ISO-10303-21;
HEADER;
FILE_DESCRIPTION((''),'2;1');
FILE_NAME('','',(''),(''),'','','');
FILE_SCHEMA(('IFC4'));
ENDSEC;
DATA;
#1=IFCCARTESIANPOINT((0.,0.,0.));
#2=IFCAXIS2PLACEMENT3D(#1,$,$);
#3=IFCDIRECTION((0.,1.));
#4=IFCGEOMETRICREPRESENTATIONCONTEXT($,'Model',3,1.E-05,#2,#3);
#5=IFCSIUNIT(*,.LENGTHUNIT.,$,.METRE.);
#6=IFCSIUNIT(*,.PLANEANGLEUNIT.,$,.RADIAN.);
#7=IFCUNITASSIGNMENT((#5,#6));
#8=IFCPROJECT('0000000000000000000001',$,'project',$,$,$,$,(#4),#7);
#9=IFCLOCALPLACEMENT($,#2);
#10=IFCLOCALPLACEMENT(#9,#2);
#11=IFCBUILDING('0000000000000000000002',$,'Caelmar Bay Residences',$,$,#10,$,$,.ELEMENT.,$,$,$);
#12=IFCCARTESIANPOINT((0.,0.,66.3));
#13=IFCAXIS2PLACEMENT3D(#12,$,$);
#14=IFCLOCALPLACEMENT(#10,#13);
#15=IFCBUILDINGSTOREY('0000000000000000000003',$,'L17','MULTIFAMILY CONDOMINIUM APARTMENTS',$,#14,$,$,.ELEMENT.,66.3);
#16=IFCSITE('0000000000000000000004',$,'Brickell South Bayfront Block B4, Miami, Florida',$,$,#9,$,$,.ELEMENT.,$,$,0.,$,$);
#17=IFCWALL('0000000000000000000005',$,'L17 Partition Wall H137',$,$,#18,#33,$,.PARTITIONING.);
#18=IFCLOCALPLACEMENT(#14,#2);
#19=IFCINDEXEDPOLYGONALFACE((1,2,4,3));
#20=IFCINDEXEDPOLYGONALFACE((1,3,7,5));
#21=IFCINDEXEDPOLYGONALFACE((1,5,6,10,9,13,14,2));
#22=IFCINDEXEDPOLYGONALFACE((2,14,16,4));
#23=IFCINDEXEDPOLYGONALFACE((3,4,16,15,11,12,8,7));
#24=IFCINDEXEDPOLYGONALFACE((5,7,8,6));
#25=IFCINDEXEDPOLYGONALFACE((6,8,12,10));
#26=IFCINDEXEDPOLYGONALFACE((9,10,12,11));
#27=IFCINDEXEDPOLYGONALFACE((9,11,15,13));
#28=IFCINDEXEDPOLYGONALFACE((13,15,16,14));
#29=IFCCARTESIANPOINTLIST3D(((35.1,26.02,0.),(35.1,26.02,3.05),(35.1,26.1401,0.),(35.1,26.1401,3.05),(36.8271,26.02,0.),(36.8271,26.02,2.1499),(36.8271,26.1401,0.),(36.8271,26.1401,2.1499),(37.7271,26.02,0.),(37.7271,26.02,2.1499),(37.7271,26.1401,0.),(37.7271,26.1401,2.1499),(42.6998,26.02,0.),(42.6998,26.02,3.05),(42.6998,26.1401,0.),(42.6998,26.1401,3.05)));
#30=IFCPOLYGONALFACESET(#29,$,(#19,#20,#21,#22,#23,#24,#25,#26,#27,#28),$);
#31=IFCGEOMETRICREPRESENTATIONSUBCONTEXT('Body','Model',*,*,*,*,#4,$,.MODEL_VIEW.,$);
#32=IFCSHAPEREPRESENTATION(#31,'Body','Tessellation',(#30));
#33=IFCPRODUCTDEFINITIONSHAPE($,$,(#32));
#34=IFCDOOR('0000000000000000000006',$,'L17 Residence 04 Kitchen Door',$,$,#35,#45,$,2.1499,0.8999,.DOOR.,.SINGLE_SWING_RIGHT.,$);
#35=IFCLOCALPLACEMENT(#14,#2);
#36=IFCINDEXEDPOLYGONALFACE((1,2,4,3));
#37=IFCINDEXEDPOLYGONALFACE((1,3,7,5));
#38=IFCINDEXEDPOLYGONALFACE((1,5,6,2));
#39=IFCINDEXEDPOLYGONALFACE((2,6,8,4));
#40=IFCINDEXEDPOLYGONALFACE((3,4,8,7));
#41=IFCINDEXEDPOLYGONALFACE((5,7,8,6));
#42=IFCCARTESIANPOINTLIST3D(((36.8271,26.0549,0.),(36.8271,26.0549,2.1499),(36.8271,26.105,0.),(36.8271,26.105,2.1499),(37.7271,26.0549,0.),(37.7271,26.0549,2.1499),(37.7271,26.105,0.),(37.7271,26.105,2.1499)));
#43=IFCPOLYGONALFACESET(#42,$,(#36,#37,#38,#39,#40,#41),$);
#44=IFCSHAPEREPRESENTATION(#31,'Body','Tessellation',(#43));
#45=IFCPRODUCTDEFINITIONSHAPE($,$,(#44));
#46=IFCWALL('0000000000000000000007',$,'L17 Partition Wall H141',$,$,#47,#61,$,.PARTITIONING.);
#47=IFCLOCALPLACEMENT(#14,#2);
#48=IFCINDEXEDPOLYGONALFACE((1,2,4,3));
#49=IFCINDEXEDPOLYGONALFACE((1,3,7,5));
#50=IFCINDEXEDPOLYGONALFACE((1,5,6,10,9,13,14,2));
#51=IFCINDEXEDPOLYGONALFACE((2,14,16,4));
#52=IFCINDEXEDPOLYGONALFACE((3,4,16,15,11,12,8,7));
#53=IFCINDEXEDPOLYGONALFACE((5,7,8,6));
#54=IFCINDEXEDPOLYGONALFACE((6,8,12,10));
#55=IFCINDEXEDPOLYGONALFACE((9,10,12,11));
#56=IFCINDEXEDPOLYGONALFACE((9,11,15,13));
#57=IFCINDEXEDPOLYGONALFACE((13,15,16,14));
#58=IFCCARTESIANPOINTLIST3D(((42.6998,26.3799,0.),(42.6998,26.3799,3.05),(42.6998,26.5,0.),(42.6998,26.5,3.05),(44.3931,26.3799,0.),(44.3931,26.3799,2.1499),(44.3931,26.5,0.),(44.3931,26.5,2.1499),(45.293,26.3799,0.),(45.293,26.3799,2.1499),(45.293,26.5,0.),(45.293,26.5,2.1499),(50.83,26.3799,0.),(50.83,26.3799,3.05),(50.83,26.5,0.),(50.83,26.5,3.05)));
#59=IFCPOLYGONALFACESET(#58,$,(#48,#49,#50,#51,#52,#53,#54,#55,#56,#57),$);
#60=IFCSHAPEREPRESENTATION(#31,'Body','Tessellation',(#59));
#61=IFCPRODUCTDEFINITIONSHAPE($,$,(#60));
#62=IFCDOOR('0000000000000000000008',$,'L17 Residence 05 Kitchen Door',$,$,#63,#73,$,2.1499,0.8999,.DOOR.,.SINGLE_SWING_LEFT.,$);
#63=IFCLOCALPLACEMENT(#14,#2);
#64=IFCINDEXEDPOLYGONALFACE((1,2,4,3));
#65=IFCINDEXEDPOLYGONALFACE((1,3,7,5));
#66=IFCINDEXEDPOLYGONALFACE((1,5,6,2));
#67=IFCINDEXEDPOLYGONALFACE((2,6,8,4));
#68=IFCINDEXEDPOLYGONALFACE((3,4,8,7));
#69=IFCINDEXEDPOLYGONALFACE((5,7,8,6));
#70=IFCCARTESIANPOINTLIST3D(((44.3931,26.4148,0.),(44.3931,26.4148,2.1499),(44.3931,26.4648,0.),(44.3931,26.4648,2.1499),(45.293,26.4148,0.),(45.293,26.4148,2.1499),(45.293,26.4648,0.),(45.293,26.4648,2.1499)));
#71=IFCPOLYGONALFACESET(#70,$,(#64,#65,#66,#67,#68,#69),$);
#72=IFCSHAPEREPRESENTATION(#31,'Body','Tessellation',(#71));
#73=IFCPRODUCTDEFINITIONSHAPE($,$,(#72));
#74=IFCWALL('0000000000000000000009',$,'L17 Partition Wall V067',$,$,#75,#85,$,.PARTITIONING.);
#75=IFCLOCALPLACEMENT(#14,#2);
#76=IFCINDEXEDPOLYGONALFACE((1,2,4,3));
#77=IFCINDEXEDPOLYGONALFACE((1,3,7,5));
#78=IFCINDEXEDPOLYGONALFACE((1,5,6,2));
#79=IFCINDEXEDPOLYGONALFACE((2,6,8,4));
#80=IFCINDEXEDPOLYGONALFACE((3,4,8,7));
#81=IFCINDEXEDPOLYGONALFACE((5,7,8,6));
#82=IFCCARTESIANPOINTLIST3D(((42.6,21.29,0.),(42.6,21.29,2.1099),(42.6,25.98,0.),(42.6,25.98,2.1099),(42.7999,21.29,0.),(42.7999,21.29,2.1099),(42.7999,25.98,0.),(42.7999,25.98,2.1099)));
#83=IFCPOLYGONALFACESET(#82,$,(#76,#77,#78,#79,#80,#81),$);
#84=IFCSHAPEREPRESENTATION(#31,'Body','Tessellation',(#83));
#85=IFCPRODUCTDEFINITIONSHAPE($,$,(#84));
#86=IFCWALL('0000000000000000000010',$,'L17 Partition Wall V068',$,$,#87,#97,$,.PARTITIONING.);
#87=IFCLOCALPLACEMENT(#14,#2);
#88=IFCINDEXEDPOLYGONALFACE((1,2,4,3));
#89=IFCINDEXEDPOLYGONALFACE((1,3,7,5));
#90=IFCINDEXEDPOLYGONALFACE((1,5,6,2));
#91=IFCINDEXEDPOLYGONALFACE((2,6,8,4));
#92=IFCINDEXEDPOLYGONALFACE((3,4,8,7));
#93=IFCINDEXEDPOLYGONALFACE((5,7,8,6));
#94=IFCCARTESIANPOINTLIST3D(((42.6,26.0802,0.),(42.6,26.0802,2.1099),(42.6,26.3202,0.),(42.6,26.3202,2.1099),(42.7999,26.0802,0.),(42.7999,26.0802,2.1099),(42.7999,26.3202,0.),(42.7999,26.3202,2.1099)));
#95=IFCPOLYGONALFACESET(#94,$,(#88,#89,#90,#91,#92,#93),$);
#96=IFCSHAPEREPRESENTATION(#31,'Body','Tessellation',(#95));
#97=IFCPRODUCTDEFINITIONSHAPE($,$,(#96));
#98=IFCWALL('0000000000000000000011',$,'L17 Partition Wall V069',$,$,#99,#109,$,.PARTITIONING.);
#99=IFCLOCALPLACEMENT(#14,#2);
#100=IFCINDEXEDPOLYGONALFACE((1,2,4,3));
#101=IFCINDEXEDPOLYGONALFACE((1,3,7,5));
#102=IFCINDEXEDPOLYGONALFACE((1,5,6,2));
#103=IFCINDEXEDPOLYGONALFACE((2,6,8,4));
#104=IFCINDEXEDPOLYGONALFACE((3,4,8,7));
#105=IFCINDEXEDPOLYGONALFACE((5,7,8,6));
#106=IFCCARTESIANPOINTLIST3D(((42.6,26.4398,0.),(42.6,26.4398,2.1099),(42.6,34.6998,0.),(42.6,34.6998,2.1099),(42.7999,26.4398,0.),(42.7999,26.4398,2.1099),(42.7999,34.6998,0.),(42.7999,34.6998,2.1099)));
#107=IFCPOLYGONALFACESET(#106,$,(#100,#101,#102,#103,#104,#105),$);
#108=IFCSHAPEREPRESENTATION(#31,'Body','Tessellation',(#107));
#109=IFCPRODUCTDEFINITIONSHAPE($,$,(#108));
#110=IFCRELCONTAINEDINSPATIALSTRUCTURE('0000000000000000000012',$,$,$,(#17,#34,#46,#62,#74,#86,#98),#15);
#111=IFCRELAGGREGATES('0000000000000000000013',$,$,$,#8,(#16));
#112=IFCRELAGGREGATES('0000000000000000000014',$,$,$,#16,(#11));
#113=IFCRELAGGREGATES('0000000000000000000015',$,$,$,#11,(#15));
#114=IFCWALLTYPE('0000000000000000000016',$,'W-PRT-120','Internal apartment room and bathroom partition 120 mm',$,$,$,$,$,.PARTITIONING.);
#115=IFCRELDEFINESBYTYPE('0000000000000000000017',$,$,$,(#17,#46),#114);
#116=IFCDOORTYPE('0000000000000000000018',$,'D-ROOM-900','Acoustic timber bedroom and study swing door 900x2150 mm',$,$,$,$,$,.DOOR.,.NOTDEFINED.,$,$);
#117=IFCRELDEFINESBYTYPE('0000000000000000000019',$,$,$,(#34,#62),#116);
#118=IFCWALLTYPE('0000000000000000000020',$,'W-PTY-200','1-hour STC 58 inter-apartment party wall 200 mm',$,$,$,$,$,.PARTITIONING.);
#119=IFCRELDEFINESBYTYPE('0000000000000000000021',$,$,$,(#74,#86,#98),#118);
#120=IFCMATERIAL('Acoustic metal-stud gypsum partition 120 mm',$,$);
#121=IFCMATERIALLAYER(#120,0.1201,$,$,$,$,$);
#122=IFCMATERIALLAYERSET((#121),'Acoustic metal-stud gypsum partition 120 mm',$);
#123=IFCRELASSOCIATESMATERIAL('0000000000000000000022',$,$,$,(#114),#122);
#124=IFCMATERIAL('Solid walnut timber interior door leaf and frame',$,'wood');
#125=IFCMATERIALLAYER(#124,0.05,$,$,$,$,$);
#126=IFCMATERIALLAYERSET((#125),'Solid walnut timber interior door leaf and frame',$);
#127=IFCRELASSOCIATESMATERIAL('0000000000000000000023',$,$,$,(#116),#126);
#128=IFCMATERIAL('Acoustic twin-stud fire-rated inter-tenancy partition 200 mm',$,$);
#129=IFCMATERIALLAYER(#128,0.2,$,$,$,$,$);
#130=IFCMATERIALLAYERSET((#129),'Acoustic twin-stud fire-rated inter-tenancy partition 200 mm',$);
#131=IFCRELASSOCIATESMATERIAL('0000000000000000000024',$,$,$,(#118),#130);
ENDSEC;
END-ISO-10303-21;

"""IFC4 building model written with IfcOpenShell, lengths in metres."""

from ifc_helpers import new_model, si_unit, direction, frame, frame_2d, origin, place, context, subcontext, project, spatial, rectangle, extrude, material, layer, layer_set, type_object, element, fill, save


model = new_model("IFC4")

# Units and contexts
model_context = context("Model", 3, precision=1e-05, world=origin(), true_north=direction((0.0, 1.0)))
body_context = subcontext(model_context, "Body", "Model", "MODEL_VIEW")
ifc_project = project(units=[si_unit("LENGTHUNIT", "METRE"), si_unit("PLANEANGLEUNIT", "RADIAN")], contexts=[model_context])

# Site, building, storey
site_placement = place(None, origin())
site = spatial("IfcSite", under=ifc_project, at=site_placement, Name="Brickell South Bayfront Block B4, Miami, Florida", CompositionType="ELEMENT", RefElevation=0.0)
building_placement = place(site_placement, origin())
building = spatial("IfcBuilding", under=site, at=building_placement, Name="Caelmar Bay Residences", CompositionType="ELEMENT")
storey_placement = place(building_placement, frame((0.0, 0.0, 66.3)))
storey = spatial("IfcBuildingStorey", under=building, at=storey_placement, Name="L17", Description="MULTIFAMILY CONDOMINIUM APARTMENTS", CompositionType="ELEMENT", Elevation=66.3)

# Shared definitions
ifc_material_1 = material(Name="Acoustic metal-stud gypsum partition 120 mm")
ifc_layer_1 = layer(ifc_material_1, 0.1201)
ifc_layer_set_1 = layer_set([ifc_layer_1], Name="Acoustic metal-stud gypsum partition 120 mm")
wall_type_1 = type_object("IfcWallType", Name="W-PRT-120", Description="Internal apartment room and bathroom partition 120 mm", PredefinedType="PARTITIONING", material=ifc_layer_set_1)
ifc_material_2 = material(Name="Solid walnut timber interior door leaf and frame", Category="wood")
ifc_layer_2 = layer(ifc_material_2, 0.05)
ifc_layer_set_2 = layer_set([ifc_layer_2], Name="Solid walnut timber interior door leaf and frame")
door_type_1 = type_object("IfcDoorType", Name="D-ROOM-900", Description="Acoustic timber bedroom and study swing door 900x2150 mm", OperationType="NOTDEFINED", PredefinedType="DOOR", material=ifc_layer_set_2)

# Walls, openings, doors
wall_1_placement = place(storey_placement, frame((35.1001, 26.0801, 0.0), z_axis=(0.0, 0.0, 1.0), x_axis=(1.0, 0.0, 0.0)))
wall_1 = element("IfcWall", 1, at=wall_1_placement, inside=storey, type_object=wall_type_1, Name="L17 Partition Wall H137", PredefinedType="PARTITIONING", context=body_context, shape_type="SweptSolid", body=[
    extrude(rectangle(XDim=7.5999, YDim=0.1201, at=frame_2d((3.7998, 0.0))), origin(), (0.0, 0.0, 1.0), 3.05),
])
opening_1_placement = place(wall_1_placement, frame((1.7271, 0.0, 0.0)))
opening_1 = element("IfcOpeningElement", 2, at=opening_1_placement, cuts=wall_1, PredefinedType="OPENING", context=body_context, shape_type="SweptSolid", body=[
    extrude(rectangle(XDim=0.8999, YDim=2.1499, at=frame_2d((0.45, 1.075))), frame((0.0, 0.0701, 0.0), z_axis=(0.0, -1.0, 0.0), x_axis=(1.0, 0.0, 0.0)), (0.0, 0.0, 1.0), 0.1401),
])
door_1_placement = place(opening_1_placement, origin())
door_1 = element("IfcDoor", 3, at=door_1_placement, inside=storey, type_object=door_type_1, Name="L17 Residence 04 Kitchen Door", OperationType="SINGLE_SWING_RIGHT", OverallHeight=2.1499, OverallWidth=0.8999, PredefinedType="DOOR", context=body_context, shape_type="SweptSolid", body=[
    extrude(rectangle(XDim=0.8999, YDim=2.1499, at=frame_2d((0.45, 1.075))), frame((0.0, 0.0249, 0.0), z_axis=(0.0, -1.0, 0.0), x_axis=(1.0, 0.0, 0.0)), (0.0, 0.0, 1.0), 0.05),
])
fill(opening_1, door_1)
wall_2_placement = place(storey_placement, frame((42.7, 26.4399, 0.0), z_axis=(0.0, 0.0, 1.0), x_axis=(1.0, 0.0, 0.0)))
wall_2 = element("IfcWall", 4, at=wall_2_placement, inside=storey, type_object=wall_type_1, Name="L17 Partition Wall H141", PredefinedType="PARTITIONING", context=body_context, shape_type="SweptSolid", body=[
    extrude(rectangle(XDim=8.1301, YDim=0.1201, at=frame_2d((4.0649, 0.0))), origin(), (0.0, 0.0, 1.0), 3.05),
])
opening_2_placement = place(wall_2_placement, frame((1.6931, 0.0, 0.0)))
opening_2 = element("IfcOpeningElement", 5, at=opening_2_placement, cuts=wall_2, PredefinedType="OPENING", context=body_context, shape_type="SweptSolid", body=[
    extrude(rectangle(XDim=0.8999, YDim=2.1499, at=frame_2d((0.45, 1.075))), frame((0.0, 0.0701, 0.0), z_axis=(0.0, -1.0, 0.0), x_axis=(1.0, 0.0, 0.0)), (0.0, 0.0, 1.0), 0.1401),
])
door_2_placement = place(opening_2_placement, origin())
door_2 = element("IfcDoor", 6, at=door_2_placement, inside=storey, type_object=door_type_1, Name="L17 Residence 05 Kitchen Door", OperationType="SINGLE_SWING_LEFT", OverallHeight=2.1499, OverallWidth=0.8999, PredefinedType="DOOR", context=body_context, shape_type="SweptSolid", body=[
    extrude(rectangle(XDim=0.8999, YDim=2.1499, at=frame_2d((0.45, 1.075))), frame((0.0, 0.0249, 0.0), z_axis=(0.0, -1.0, 0.0), x_axis=(1.0, 0.0, 0.0)), (0.0, 0.0, 1.0), 0.05),
])
fill(opening_2, door_2)

# Walls
ifc_material_3 = material(Name="Acoustic twin-stud fire-rated inter-tenancy partition 200 mm")
ifc_layer_3 = layer(ifc_material_3, 0.2)
ifc_layer_set_3 = layer_set([ifc_layer_3], Name="Acoustic twin-stud fire-rated inter-tenancy partition 200 mm")
wall_type_2 = type_object("IfcWallType", Name="W-PTY-200", Description="1-hour STC 58 inter-apartment party wall 200 mm", PredefinedType="PARTITIONING", material=ifc_layer_set_3)
wall_3_placement = place(storey_placement, frame((42.7, 21.29, 0.0), z_axis=(0.0, 0.0, 1.0), x_axis=(0.0, 1.0, 0.0)))
element("IfcWall", 7, at=wall_3_placement, inside=storey, type_object=wall_type_2, Name="L17 Partition Wall V067", PredefinedType="PARTITIONING", context=body_context, shape_type="SweptSolid", body=[
    extrude(rectangle(XDim=4.6899, YDim=0.2, at=frame_2d((2.345, 0.0))), origin(), (0.0, 0.0, 1.0), 2.1099),
])
wall_4_placement = place(storey_placement, frame((42.7, 26.0801, 0.0), z_axis=(0.0, 0.0, 1.0), x_axis=(0.0, 1.0, 0.0)))
element("IfcWall", 8, at=wall_4_placement, inside=storey, type_object=wall_type_2, Name="L17 Partition Wall V068", PredefinedType="PARTITIONING", context=body_context, shape_type="SweptSolid", body=[
    extrude(rectangle(XDim=0.24, YDim=0.2, at=frame_2d((0.1201, 0.0))), origin(), (0.0, 0.0, 1.0), 2.1099),
])
wall_5_placement = place(storey_placement, frame((42.7, 26.4399, 0.0), z_axis=(0.0, 0.0, 1.0), x_axis=(0.0, 1.0, 0.0)))
element("IfcWall", 9, at=wall_5_placement, inside=storey, type_object=wall_type_2, Name="L17 Partition Wall V069", PredefinedType="PARTITIONING", context=body_context, shape_type="SweptSolid", body=[
    extrude(rectangle(XDim=8.26, YDim=0.2, at=frame_2d((4.1299, 0.0))), origin(), (0.0, 0.0, 1.0), 2.1099),
])

save(model, "model.ifc")
